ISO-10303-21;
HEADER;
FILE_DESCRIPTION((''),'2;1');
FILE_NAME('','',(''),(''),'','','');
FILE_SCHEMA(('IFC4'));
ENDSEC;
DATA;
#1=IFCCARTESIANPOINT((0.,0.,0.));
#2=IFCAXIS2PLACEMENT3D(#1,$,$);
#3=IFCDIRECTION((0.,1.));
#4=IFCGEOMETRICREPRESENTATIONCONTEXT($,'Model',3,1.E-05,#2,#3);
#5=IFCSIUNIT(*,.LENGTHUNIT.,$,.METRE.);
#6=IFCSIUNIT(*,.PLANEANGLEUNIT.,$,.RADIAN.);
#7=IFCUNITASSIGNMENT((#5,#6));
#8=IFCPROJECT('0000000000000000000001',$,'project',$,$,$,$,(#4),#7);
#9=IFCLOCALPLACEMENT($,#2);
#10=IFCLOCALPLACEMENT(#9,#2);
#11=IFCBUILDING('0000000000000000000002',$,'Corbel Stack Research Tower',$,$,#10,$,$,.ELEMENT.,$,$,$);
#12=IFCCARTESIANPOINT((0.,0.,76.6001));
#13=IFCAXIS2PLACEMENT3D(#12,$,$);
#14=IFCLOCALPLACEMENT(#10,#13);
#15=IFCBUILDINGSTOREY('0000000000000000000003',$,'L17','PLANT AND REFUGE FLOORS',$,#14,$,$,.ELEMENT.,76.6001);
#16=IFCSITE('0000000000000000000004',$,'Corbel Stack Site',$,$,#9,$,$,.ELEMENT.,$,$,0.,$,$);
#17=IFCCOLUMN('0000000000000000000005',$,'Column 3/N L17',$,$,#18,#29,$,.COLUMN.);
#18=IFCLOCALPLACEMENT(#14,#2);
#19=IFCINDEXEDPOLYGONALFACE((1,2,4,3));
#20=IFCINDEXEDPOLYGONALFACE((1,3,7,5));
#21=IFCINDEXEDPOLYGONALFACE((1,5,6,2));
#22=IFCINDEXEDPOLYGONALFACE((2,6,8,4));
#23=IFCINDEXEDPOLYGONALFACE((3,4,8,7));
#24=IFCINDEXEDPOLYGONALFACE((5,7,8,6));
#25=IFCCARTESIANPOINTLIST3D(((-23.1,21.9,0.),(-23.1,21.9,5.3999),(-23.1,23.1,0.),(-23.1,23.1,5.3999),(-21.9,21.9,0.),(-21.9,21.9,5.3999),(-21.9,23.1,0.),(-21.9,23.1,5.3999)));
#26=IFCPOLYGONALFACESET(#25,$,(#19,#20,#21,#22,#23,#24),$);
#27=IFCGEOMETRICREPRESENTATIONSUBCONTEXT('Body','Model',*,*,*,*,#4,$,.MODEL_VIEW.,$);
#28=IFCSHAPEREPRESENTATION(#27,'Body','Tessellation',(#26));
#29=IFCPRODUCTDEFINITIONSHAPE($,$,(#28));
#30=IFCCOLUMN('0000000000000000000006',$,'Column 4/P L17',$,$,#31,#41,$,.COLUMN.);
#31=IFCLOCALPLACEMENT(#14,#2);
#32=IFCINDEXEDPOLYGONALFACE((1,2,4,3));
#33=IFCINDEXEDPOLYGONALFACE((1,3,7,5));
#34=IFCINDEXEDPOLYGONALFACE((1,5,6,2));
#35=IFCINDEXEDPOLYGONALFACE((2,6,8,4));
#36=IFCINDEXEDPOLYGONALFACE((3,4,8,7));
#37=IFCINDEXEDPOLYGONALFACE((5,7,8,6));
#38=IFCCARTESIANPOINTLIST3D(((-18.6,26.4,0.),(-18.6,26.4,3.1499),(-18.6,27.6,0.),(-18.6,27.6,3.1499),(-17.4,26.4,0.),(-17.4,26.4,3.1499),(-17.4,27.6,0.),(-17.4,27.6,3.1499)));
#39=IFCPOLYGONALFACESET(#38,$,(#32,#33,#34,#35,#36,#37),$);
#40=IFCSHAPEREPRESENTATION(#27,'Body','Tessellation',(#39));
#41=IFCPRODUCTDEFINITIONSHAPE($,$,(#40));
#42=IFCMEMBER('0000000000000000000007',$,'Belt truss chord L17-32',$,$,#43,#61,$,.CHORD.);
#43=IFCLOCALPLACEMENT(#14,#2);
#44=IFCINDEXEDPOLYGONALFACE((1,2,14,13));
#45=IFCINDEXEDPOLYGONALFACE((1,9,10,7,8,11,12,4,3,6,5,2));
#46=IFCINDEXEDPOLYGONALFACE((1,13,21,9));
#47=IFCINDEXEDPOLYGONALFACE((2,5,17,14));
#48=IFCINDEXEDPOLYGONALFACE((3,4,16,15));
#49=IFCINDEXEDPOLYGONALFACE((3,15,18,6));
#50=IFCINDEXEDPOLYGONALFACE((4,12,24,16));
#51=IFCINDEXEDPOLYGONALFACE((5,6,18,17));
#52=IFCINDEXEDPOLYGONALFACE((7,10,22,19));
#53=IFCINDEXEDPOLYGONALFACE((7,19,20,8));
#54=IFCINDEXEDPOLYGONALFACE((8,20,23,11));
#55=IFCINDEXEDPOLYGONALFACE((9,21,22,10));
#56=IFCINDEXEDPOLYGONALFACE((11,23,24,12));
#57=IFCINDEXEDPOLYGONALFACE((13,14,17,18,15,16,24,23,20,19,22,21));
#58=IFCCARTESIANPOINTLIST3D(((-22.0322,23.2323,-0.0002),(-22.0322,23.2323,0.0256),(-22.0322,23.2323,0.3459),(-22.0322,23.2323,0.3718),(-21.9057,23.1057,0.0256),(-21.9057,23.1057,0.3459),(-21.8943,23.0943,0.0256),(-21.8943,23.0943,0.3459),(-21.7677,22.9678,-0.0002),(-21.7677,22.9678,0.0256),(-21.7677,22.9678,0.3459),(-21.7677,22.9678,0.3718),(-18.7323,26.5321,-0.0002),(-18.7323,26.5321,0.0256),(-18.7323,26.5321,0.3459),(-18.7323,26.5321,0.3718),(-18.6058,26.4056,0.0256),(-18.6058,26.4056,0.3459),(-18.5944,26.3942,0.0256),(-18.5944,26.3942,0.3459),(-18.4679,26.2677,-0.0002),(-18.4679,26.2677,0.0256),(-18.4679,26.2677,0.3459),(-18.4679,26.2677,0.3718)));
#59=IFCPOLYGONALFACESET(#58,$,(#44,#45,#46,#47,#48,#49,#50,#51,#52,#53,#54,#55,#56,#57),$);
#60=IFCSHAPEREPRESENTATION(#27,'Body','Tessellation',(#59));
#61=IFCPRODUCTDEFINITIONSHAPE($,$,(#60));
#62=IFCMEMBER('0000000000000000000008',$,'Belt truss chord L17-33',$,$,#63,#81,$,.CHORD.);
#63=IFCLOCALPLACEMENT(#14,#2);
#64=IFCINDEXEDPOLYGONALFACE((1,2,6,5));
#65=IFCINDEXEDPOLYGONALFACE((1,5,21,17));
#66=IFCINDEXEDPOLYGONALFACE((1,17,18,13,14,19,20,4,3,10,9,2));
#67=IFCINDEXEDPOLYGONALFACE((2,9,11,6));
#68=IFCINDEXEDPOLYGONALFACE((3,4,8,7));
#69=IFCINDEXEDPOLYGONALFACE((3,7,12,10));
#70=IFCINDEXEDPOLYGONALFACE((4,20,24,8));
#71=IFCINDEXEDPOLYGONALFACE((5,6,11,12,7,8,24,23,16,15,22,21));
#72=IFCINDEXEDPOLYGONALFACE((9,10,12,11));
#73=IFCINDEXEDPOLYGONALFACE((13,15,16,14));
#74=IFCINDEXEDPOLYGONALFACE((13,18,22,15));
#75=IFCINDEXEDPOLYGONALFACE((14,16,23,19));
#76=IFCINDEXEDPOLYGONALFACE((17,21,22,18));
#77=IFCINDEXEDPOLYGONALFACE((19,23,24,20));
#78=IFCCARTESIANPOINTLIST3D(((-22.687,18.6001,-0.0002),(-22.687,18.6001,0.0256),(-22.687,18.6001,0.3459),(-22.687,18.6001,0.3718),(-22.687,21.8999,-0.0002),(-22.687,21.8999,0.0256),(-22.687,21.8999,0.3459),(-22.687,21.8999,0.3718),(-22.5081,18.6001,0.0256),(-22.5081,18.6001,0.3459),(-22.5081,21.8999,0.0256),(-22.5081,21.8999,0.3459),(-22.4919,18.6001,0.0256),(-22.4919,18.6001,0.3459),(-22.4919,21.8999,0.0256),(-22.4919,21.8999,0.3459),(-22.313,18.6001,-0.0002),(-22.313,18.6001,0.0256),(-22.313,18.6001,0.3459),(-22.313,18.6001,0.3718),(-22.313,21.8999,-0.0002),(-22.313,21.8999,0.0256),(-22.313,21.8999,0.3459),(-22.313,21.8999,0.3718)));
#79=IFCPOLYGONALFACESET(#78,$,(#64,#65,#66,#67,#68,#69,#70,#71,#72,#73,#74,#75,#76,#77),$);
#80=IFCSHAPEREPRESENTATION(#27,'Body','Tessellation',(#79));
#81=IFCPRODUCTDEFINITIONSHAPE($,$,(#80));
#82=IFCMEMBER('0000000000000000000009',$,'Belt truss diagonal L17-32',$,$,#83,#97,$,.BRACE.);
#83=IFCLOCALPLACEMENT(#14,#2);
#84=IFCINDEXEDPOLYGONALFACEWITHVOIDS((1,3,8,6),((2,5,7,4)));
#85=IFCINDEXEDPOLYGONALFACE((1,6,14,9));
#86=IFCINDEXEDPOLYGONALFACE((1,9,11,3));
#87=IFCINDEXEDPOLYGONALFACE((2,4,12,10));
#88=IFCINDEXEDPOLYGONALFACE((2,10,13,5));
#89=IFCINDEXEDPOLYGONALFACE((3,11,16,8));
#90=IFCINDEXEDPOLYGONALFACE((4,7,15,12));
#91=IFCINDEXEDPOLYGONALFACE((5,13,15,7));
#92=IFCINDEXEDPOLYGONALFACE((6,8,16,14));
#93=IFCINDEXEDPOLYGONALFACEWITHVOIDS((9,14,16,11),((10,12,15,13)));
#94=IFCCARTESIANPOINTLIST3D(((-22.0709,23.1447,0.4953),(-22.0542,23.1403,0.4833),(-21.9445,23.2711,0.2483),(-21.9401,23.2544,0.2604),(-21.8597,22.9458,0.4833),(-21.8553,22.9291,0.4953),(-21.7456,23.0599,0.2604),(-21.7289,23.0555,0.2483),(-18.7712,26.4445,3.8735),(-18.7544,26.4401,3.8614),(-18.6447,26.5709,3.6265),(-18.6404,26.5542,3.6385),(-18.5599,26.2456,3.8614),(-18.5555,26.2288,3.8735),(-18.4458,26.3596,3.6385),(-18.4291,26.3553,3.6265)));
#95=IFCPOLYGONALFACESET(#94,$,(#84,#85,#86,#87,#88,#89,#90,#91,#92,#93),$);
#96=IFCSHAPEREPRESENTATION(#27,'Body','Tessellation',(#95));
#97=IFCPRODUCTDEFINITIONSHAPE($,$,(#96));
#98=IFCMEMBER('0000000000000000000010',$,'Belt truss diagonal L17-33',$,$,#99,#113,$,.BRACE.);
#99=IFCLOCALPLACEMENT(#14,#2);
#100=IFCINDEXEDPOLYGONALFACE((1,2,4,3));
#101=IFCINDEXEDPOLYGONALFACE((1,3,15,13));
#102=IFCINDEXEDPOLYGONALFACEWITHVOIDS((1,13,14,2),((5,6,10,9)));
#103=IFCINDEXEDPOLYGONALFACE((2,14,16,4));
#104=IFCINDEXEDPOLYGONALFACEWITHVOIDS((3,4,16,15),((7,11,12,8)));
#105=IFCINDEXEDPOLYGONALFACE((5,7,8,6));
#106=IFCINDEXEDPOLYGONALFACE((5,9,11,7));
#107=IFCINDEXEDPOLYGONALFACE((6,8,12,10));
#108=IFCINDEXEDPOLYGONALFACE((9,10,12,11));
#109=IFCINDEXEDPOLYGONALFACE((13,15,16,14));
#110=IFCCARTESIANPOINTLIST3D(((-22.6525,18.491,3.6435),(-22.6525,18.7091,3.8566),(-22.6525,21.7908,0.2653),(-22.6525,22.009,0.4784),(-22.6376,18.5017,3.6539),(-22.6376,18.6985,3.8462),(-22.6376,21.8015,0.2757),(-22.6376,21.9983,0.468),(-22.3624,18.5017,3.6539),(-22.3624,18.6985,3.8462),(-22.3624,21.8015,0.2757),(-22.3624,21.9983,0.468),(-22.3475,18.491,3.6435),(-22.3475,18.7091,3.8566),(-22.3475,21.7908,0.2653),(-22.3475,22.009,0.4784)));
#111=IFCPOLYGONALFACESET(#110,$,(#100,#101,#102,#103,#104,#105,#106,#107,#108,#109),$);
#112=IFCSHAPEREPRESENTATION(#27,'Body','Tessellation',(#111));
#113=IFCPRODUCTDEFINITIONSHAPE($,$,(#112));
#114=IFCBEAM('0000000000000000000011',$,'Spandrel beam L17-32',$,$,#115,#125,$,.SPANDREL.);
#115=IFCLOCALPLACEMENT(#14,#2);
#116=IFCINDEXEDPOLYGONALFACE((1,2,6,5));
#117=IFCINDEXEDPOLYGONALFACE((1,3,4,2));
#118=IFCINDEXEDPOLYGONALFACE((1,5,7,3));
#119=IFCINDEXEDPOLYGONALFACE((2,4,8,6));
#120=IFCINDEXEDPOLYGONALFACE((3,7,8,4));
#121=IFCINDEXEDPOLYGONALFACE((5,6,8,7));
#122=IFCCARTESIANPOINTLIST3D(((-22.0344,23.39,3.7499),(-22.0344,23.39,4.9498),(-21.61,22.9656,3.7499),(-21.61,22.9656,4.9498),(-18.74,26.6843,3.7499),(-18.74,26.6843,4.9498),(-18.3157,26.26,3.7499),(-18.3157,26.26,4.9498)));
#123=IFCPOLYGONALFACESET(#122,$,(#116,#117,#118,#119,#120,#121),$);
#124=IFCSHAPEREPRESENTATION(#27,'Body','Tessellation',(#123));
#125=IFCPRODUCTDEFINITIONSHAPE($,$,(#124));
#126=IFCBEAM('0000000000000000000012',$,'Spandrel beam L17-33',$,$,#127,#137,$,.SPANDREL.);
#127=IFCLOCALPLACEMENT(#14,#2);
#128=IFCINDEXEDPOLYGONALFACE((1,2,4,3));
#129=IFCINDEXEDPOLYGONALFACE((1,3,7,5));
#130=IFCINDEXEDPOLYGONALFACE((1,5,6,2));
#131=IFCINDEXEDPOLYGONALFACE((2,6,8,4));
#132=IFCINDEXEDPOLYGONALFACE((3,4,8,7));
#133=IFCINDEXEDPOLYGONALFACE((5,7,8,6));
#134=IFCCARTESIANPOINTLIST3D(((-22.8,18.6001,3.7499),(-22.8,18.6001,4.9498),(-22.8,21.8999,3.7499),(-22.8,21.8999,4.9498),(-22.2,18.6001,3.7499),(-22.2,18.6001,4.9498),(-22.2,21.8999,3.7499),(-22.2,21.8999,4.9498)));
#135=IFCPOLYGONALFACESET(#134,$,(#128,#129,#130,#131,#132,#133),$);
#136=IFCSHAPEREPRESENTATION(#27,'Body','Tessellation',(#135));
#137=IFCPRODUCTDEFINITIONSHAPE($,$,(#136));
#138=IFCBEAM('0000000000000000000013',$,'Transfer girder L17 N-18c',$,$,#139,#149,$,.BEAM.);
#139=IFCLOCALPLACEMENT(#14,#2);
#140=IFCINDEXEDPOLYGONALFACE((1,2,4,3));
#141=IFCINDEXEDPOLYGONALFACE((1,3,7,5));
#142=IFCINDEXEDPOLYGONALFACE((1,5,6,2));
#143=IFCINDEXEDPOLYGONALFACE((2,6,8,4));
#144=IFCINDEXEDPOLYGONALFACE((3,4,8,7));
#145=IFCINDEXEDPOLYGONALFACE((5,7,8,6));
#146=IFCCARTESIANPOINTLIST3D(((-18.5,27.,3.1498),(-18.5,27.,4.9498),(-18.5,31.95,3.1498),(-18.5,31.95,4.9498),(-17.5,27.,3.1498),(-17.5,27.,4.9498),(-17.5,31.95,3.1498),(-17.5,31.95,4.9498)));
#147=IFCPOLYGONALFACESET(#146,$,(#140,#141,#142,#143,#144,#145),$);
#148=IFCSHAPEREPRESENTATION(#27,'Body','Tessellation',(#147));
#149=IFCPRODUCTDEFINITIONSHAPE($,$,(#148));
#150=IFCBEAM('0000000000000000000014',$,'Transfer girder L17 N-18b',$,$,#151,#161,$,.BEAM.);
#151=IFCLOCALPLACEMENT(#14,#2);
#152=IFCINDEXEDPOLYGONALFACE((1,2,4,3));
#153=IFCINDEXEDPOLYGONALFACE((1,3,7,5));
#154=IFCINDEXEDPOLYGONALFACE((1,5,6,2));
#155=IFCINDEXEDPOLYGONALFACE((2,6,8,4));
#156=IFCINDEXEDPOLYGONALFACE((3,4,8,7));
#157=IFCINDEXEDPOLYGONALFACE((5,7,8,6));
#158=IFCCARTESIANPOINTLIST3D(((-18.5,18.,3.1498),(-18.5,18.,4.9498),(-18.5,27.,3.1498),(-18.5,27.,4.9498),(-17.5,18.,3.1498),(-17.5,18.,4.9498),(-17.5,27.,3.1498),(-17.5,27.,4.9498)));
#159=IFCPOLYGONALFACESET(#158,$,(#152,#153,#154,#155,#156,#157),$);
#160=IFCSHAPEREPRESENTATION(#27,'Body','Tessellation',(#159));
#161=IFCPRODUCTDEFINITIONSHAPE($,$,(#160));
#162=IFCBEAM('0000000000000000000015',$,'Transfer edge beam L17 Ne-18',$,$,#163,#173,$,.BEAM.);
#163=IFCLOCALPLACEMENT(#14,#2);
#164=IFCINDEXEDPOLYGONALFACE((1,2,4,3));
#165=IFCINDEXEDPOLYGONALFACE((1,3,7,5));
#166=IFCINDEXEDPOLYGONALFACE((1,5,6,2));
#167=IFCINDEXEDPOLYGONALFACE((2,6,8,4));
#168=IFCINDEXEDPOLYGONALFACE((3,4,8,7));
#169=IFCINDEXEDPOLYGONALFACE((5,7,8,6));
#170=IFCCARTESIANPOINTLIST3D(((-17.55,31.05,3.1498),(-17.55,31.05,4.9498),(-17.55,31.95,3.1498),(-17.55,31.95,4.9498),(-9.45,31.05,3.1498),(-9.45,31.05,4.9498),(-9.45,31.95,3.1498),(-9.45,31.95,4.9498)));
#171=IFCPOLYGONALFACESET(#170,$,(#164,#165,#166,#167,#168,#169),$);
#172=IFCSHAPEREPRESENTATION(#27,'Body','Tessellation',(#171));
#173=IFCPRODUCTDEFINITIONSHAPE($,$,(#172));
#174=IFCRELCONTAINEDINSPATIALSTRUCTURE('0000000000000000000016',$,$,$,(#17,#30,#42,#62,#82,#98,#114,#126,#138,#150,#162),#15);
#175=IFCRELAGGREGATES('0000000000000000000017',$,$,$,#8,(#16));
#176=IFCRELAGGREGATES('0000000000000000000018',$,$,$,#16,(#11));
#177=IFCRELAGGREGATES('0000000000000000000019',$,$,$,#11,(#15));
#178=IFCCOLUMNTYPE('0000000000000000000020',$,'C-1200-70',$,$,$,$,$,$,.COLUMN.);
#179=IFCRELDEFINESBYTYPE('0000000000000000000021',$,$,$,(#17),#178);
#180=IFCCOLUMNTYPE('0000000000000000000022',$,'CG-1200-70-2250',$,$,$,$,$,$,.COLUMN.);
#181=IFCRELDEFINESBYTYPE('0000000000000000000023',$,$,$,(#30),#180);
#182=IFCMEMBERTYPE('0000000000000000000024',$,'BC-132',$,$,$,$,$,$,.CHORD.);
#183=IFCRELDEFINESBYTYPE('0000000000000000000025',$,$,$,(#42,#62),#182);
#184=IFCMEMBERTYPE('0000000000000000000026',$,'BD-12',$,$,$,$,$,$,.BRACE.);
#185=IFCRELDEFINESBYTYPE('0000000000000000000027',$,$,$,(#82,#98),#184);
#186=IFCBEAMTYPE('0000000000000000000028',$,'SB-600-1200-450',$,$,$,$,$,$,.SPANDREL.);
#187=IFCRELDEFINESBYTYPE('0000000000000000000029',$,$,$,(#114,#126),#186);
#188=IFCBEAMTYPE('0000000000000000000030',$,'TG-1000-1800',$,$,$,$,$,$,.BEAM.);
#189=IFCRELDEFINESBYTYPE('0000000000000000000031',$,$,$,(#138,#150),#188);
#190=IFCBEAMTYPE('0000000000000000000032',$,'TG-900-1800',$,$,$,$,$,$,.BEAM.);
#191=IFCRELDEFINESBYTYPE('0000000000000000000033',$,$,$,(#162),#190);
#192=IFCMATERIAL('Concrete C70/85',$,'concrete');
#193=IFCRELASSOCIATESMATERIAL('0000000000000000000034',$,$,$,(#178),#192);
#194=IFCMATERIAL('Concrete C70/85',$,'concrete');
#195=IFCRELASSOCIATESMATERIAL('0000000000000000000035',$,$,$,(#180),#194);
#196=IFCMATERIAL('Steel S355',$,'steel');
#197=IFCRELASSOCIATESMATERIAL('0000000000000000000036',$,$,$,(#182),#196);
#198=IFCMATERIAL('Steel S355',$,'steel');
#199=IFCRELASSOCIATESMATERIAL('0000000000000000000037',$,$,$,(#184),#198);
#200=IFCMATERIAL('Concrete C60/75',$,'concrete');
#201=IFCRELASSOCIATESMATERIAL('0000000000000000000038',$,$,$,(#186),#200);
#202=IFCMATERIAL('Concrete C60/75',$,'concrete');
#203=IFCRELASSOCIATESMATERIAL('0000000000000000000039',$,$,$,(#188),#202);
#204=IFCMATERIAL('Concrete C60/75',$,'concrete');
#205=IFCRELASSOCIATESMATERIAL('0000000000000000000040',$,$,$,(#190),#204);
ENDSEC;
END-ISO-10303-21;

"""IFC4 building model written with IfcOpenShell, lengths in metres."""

from ifc_helpers import new_model, si_unit, direction, frame, origin, origin_2d, place, context, subcontext, project, spatial, rectangle, hollow_rectangle, i_section, extrude, material, material_profile, profile_set, type_object, element, save


model = new_model("IFC4")

# Units and contexts
model_context = context("Model", 3, precision=1e-05, world=origin(), true_north=direction((0.0, 1.0)))
body_context = subcontext(model_context, "Body", "Model", "MODEL_VIEW")
ifc_project = project(units=[si_unit("LENGTHUNIT", "METRE"), si_unit("PLANEANGLEUNIT", "RADIAN")], contexts=[model_context])

# Site, building, storey
site_placement = place(None, origin())
site = spatial("IfcSite", under=ifc_project, at=site_placement, Name="Corbel Stack Site", CompositionType="ELEMENT", RefElevation=0.0)
building_placement = place(site_placement, origin())
building = spatial("IfcBuilding", under=site, at=building_placement, Name="Corbel Stack Research Tower", CompositionType="ELEMENT")
storey_placement = place(building_placement, frame((0.0, 0.0, 76.6001)))
storey = spatial("IfcBuildingStorey", under=building, at=storey_placement, Name="L17", Description="PLANT AND REFUGE FLOORS", CompositionType="ELEMENT", Elevation=76.6001)

# Columns
ifc_material_1 = material(Name="Concrete C70/85", Category="concrete")
ifc_material_profile_1 = material_profile(ifc_material_1, rectangle(XDim=1.2, YDim=1.2, at=origin_2d()), Name="RC 1200 x 1200")
ifc_profile_set_1 = profile_set([ifc_material_profile_1], Name="Concrete C70/85")
column_type_1 = type_object("IfcColumnType", Name="C-1200-70", PredefinedType="COLUMN", material=ifc_profile_set_1)
column_1_placement = place(storey_placement, frame((-22.5, 22.5, 0.0), z_axis=(0.0, 0.0, 1.0), x_axis=(1.0, 0.0, 0.0)))
element("IfcColumn", 1, at=column_1_placement, inside=storey, type_object=column_type_1, Name="Column 3/N L17", PredefinedType="COLUMN", context=body_context, shape_type="SweptSolid", body=[
    extrude(rectangle(XDim=1.2, YDim=1.2, at=origin_2d()), origin(), (0.0, 0.0, 1.0), 5.3999),
])
ifc_material_2 = material(Name="Concrete C70/85", Category="concrete")
ifc_material_profile_2 = material_profile(ifc_material_2, rectangle(XDim=1.2, YDim=1.2, at=origin_2d()), Name="RC 1200 x 1200")
ifc_profile_set_2 = profile_set([ifc_material_profile_2], Name="Concrete C70/85")
column_type_2 = type_object("IfcColumnType", Name="CG-1200-70-2250", PredefinedType="COLUMN", material=ifc_profile_set_2)
column_2_placement = place(storey_placement, frame((-18.0, 27.0, 0.0), z_axis=(0.0, 0.0, 1.0), x_axis=(1.0, 0.0, 0.0)))
element("IfcColumn", 2, at=column_2_placement, inside=storey, type_object=column_type_2, Name="Column 4/P L17", PredefinedType="COLUMN", context=body_context, shape_type="SweptSolid", body=[
    extrude(rectangle(XDim=1.2, YDim=1.2, at=origin_2d()), origin(), (0.0, 0.0, 1.0), 3.1499),
])

# Members
ifc_material_3 = material(Name="Steel S355", Category="steel")
ifc_material_profile_3 = material_profile(ifc_material_3, i_section(OverallWidth=0.374, OverallDepth=0.3721, WebThickness=0.0161, FlangeThickness=0.0259, at=origin_2d()), Name="W14x132")
ifc_profile_set_3 = profile_set([ifc_material_profile_3], Name="Steel S355")
member_type_1 = type_object("IfcMemberType", Name="BC-132", PredefinedType="CHORD", material=ifc_profile_set_3)
member_1_placement = place(storey_placement, frame((-18.6001, 26.3999, 0.1858), z_axis=(-0.707107, -0.707107, 0.0), x_axis=(0.707107, -0.707107, 0.0)))
element("IfcMember", 3, at=member_1_placement, inside=storey, type_object=member_type_1, Name="Belt truss chord L17-32", PredefinedType="CHORD", context=body_context, shape_type="SweptSolid", body=[
    extrude(i_section(OverallWidth=0.374, OverallDepth=0.3721, WebThickness=0.0161, FlangeThickness=0.0259, at=origin_2d()), origin(), (0.0, 0.0, 1.0), 4.6667),
])
member_2_placement = place(storey_placement, frame((-22.5, 21.8999, 0.1858), z_axis=(0.0, -1.0, 0.0), x_axis=(1.0, 0.0, 0.0)))
element("IfcMember", 4, at=member_2_placement, inside=storey, type_object=member_type_1, Name="Belt truss chord L17-33", PredefinedType="CHORD", context=body_context, shape_type="SweptSolid", body=[
    extrude(i_section(OverallWidth=0.374, OverallDepth=0.3721, WebThickness=0.0161, FlangeThickness=0.0259, at=origin_2d()), origin(), (0.0, 0.0, 1.0), 3.2998),
])
ifc_material_4 = material(Name="Steel S355", Category="steel")
ifc_material_profile_4 = material_profile(ifc_material_4, hollow_rectangle(XDim=0.3049, YDim=0.3049, WallThickness=0.0149, at=origin_2d()), Name="HSS12x12x5/8")
ifc_profile_set_4 = profile_set([ifc_material_profile_4], Name="Steel S355")
member_type_2 = type_object("IfcMemberType", Name="BD-12", PredefinedType="BRACE", material=ifc_profile_set_4)
member_3_placement = place(storey_placement, frame((-21.8999, 23.1001, 0.3718), z_axis=(0.57278, 0.57278, 0.586384), x_axis=(-0.707107, 0.707107, 0.0)))
element("IfcMember", 5, at=member_3_placement, inside=storey, type_object=member_type_2, Name="Belt truss diagonal L17-32", PredefinedType="BRACE", context=body_context, shape_type="SweptSolid", body=[
    extrude(hollow_rectangle(XDim=0.3049, YDim=0.3049, WallThickness=0.0149, at=origin_2d()), origin(), (0.0, 0.0, 1.0), 5.761),
])
member_4_placement = place(storey_placement, frame((-22.5, 21.8999, 0.3718), z_axis=(0.0, -0.69876, 0.715356), x_axis=(1.0, 0.0, 0.0)))
element("IfcMember", 6, at=member_4_placement, inside=storey, type_object=member_type_2, Name="Belt truss diagonal L17-33", PredefinedType="BRACE", context=body_context, shape_type="SweptSolid", body=[
    extrude(hollow_rectangle(XDim=0.3049, YDim=0.3049, WallThickness=0.0149, at=origin_2d()), origin(), (0.0, 0.0, 1.0), 4.7224),
])

# Beams
ifc_material_5 = material(Name="Concrete C60/75", Category="concrete")
ifc_material_profile_5 = material_profile(ifc_material_5, rectangle(XDim=0.6001, YDim=1.2, at=origin_2d()), Name="RC 600 x 1200")
ifc_profile_set_5 = profile_set([ifc_material_profile_5], Name="Concrete C60/75")
beam_type_1 = type_object("IfcBeamType", Name="SB-600-1200-450", PredefinedType="SPANDREL", material=ifc_profile_set_5)
beam_1_placement = place(storey_placement, frame((-18.5278, 26.4722, 4.3499), z_axis=(-0.707107, -0.707107, 0.0), x_axis=(0.707107, -0.707107, 0.0)))
element("IfcBeam", 7, at=beam_1_placement, inside=storey, type_object=beam_type_1, Name="Spandrel beam L17-32", PredefinedType="SPANDREL", context=body_context, shape_type="SweptSolid", body=[
    extrude(rectangle(XDim=0.6001, YDim=1.2, at=origin_2d()), origin(), (0.0, 0.0, 1.0), 4.6589),
])
beam_2_placement = place(storey_placement, frame((-22.5, 21.8999, 4.3499), z_axis=(0.0, -1.0, 0.0), x_axis=(1.0, 0.0, 0.0)))
element("IfcBeam", 8, at=beam_2_placement, inside=storey, type_object=beam_type_1, Name="Spandrel beam L17-33", PredefinedType="SPANDREL", context=body_context, shape_type="SweptSolid", body=[
    extrude(rectangle(XDim=0.6001, YDim=1.2, at=origin_2d()), origin(), (0.0, 0.0, 1.0), 3.2998),
])
ifc_material_6 = material(Name="Concrete C60/75", Category="concrete")
ifc_material_profile_6 = material_profile(ifc_material_6, rectangle(XDim=1.0, YDim=1.8, at=origin_2d()), Name="RC 1000 x 1800")
ifc_profile_set_6 = profile_set([ifc_material_profile_6], Name="Concrete C60/75")
beam_type_2 = type_object("IfcBeamType", Name="TG-1000-1800", PredefinedType="BEAM", material=ifc_profile_set_6)
beam_3_placement = place(storey_placement, frame((-18.0, 31.95, 4.0498), z_axis=(0.0, -1.0, 0.0), x_axis=(1.0, 0.0, 0.0)))
element("IfcBeam", 9, at=beam_3_placement, inside=storey, type_object=beam_type_2, Name="Transfer girder L17 N-18c", PredefinedType="BEAM", context=body_context, shape_type="SweptSolid", body=[
    extrude(rectangle(XDim=1.0, YDim=1.8, at=origin_2d()), origin(), (0.0, 0.0, 1.0), 4.95),
])
beam_4_placement = place(storey_placement, frame((-18.0, 27.0, 4.0498), z_axis=(0.0, -1.0, 0.0), x_axis=(1.0, 0.0, 0.0)))
element("IfcBeam", 10, at=beam_4_placement, inside=storey, type_object=beam_type_2, Name="Transfer girder L17 N-18b", PredefinedType="BEAM", context=body_context, shape_type="SweptSolid", body=[
    extrude(rectangle(XDim=1.0, YDim=1.8, at=origin_2d()), origin(), (0.0, 0.0, 1.0), 9.0),
])
ifc_material_7 = material(Name="Concrete C60/75", Category="concrete")
ifc_material_profile_7 = material_profile(ifc_material_7, rectangle(XDim=0.8999, YDim=1.8, at=origin_2d()), Name="RC 900 x 1800")
ifc_profile_set_7 = profile_set([ifc_material_profile_7], Name="Concrete C60/75")
beam_type_3 = type_object("IfcBeamType", Name="TG-900-1800", PredefinedType="BEAM", material=ifc_profile_set_7)
beam_5_placement = place(storey_placement, frame((-17.55, 31.5, 4.0498), z_axis=(1.0, 0.0, 0.0), x_axis=(0.0, 1.0, 0.0)))
element("IfcBeam", 11, at=beam_5_placement, inside=storey, type_object=beam_type_3, Name="Transfer edge beam L17 Ne-18", PredefinedType="BEAM", context=body_context, shape_type="SweptSolid", body=[
    extrude(rectangle(XDim=0.8999, YDim=1.8, at=origin_2d()), origin(), (0.0, 0.0, 1.0), 8.1001),
])

save(model, "model.ifc")
